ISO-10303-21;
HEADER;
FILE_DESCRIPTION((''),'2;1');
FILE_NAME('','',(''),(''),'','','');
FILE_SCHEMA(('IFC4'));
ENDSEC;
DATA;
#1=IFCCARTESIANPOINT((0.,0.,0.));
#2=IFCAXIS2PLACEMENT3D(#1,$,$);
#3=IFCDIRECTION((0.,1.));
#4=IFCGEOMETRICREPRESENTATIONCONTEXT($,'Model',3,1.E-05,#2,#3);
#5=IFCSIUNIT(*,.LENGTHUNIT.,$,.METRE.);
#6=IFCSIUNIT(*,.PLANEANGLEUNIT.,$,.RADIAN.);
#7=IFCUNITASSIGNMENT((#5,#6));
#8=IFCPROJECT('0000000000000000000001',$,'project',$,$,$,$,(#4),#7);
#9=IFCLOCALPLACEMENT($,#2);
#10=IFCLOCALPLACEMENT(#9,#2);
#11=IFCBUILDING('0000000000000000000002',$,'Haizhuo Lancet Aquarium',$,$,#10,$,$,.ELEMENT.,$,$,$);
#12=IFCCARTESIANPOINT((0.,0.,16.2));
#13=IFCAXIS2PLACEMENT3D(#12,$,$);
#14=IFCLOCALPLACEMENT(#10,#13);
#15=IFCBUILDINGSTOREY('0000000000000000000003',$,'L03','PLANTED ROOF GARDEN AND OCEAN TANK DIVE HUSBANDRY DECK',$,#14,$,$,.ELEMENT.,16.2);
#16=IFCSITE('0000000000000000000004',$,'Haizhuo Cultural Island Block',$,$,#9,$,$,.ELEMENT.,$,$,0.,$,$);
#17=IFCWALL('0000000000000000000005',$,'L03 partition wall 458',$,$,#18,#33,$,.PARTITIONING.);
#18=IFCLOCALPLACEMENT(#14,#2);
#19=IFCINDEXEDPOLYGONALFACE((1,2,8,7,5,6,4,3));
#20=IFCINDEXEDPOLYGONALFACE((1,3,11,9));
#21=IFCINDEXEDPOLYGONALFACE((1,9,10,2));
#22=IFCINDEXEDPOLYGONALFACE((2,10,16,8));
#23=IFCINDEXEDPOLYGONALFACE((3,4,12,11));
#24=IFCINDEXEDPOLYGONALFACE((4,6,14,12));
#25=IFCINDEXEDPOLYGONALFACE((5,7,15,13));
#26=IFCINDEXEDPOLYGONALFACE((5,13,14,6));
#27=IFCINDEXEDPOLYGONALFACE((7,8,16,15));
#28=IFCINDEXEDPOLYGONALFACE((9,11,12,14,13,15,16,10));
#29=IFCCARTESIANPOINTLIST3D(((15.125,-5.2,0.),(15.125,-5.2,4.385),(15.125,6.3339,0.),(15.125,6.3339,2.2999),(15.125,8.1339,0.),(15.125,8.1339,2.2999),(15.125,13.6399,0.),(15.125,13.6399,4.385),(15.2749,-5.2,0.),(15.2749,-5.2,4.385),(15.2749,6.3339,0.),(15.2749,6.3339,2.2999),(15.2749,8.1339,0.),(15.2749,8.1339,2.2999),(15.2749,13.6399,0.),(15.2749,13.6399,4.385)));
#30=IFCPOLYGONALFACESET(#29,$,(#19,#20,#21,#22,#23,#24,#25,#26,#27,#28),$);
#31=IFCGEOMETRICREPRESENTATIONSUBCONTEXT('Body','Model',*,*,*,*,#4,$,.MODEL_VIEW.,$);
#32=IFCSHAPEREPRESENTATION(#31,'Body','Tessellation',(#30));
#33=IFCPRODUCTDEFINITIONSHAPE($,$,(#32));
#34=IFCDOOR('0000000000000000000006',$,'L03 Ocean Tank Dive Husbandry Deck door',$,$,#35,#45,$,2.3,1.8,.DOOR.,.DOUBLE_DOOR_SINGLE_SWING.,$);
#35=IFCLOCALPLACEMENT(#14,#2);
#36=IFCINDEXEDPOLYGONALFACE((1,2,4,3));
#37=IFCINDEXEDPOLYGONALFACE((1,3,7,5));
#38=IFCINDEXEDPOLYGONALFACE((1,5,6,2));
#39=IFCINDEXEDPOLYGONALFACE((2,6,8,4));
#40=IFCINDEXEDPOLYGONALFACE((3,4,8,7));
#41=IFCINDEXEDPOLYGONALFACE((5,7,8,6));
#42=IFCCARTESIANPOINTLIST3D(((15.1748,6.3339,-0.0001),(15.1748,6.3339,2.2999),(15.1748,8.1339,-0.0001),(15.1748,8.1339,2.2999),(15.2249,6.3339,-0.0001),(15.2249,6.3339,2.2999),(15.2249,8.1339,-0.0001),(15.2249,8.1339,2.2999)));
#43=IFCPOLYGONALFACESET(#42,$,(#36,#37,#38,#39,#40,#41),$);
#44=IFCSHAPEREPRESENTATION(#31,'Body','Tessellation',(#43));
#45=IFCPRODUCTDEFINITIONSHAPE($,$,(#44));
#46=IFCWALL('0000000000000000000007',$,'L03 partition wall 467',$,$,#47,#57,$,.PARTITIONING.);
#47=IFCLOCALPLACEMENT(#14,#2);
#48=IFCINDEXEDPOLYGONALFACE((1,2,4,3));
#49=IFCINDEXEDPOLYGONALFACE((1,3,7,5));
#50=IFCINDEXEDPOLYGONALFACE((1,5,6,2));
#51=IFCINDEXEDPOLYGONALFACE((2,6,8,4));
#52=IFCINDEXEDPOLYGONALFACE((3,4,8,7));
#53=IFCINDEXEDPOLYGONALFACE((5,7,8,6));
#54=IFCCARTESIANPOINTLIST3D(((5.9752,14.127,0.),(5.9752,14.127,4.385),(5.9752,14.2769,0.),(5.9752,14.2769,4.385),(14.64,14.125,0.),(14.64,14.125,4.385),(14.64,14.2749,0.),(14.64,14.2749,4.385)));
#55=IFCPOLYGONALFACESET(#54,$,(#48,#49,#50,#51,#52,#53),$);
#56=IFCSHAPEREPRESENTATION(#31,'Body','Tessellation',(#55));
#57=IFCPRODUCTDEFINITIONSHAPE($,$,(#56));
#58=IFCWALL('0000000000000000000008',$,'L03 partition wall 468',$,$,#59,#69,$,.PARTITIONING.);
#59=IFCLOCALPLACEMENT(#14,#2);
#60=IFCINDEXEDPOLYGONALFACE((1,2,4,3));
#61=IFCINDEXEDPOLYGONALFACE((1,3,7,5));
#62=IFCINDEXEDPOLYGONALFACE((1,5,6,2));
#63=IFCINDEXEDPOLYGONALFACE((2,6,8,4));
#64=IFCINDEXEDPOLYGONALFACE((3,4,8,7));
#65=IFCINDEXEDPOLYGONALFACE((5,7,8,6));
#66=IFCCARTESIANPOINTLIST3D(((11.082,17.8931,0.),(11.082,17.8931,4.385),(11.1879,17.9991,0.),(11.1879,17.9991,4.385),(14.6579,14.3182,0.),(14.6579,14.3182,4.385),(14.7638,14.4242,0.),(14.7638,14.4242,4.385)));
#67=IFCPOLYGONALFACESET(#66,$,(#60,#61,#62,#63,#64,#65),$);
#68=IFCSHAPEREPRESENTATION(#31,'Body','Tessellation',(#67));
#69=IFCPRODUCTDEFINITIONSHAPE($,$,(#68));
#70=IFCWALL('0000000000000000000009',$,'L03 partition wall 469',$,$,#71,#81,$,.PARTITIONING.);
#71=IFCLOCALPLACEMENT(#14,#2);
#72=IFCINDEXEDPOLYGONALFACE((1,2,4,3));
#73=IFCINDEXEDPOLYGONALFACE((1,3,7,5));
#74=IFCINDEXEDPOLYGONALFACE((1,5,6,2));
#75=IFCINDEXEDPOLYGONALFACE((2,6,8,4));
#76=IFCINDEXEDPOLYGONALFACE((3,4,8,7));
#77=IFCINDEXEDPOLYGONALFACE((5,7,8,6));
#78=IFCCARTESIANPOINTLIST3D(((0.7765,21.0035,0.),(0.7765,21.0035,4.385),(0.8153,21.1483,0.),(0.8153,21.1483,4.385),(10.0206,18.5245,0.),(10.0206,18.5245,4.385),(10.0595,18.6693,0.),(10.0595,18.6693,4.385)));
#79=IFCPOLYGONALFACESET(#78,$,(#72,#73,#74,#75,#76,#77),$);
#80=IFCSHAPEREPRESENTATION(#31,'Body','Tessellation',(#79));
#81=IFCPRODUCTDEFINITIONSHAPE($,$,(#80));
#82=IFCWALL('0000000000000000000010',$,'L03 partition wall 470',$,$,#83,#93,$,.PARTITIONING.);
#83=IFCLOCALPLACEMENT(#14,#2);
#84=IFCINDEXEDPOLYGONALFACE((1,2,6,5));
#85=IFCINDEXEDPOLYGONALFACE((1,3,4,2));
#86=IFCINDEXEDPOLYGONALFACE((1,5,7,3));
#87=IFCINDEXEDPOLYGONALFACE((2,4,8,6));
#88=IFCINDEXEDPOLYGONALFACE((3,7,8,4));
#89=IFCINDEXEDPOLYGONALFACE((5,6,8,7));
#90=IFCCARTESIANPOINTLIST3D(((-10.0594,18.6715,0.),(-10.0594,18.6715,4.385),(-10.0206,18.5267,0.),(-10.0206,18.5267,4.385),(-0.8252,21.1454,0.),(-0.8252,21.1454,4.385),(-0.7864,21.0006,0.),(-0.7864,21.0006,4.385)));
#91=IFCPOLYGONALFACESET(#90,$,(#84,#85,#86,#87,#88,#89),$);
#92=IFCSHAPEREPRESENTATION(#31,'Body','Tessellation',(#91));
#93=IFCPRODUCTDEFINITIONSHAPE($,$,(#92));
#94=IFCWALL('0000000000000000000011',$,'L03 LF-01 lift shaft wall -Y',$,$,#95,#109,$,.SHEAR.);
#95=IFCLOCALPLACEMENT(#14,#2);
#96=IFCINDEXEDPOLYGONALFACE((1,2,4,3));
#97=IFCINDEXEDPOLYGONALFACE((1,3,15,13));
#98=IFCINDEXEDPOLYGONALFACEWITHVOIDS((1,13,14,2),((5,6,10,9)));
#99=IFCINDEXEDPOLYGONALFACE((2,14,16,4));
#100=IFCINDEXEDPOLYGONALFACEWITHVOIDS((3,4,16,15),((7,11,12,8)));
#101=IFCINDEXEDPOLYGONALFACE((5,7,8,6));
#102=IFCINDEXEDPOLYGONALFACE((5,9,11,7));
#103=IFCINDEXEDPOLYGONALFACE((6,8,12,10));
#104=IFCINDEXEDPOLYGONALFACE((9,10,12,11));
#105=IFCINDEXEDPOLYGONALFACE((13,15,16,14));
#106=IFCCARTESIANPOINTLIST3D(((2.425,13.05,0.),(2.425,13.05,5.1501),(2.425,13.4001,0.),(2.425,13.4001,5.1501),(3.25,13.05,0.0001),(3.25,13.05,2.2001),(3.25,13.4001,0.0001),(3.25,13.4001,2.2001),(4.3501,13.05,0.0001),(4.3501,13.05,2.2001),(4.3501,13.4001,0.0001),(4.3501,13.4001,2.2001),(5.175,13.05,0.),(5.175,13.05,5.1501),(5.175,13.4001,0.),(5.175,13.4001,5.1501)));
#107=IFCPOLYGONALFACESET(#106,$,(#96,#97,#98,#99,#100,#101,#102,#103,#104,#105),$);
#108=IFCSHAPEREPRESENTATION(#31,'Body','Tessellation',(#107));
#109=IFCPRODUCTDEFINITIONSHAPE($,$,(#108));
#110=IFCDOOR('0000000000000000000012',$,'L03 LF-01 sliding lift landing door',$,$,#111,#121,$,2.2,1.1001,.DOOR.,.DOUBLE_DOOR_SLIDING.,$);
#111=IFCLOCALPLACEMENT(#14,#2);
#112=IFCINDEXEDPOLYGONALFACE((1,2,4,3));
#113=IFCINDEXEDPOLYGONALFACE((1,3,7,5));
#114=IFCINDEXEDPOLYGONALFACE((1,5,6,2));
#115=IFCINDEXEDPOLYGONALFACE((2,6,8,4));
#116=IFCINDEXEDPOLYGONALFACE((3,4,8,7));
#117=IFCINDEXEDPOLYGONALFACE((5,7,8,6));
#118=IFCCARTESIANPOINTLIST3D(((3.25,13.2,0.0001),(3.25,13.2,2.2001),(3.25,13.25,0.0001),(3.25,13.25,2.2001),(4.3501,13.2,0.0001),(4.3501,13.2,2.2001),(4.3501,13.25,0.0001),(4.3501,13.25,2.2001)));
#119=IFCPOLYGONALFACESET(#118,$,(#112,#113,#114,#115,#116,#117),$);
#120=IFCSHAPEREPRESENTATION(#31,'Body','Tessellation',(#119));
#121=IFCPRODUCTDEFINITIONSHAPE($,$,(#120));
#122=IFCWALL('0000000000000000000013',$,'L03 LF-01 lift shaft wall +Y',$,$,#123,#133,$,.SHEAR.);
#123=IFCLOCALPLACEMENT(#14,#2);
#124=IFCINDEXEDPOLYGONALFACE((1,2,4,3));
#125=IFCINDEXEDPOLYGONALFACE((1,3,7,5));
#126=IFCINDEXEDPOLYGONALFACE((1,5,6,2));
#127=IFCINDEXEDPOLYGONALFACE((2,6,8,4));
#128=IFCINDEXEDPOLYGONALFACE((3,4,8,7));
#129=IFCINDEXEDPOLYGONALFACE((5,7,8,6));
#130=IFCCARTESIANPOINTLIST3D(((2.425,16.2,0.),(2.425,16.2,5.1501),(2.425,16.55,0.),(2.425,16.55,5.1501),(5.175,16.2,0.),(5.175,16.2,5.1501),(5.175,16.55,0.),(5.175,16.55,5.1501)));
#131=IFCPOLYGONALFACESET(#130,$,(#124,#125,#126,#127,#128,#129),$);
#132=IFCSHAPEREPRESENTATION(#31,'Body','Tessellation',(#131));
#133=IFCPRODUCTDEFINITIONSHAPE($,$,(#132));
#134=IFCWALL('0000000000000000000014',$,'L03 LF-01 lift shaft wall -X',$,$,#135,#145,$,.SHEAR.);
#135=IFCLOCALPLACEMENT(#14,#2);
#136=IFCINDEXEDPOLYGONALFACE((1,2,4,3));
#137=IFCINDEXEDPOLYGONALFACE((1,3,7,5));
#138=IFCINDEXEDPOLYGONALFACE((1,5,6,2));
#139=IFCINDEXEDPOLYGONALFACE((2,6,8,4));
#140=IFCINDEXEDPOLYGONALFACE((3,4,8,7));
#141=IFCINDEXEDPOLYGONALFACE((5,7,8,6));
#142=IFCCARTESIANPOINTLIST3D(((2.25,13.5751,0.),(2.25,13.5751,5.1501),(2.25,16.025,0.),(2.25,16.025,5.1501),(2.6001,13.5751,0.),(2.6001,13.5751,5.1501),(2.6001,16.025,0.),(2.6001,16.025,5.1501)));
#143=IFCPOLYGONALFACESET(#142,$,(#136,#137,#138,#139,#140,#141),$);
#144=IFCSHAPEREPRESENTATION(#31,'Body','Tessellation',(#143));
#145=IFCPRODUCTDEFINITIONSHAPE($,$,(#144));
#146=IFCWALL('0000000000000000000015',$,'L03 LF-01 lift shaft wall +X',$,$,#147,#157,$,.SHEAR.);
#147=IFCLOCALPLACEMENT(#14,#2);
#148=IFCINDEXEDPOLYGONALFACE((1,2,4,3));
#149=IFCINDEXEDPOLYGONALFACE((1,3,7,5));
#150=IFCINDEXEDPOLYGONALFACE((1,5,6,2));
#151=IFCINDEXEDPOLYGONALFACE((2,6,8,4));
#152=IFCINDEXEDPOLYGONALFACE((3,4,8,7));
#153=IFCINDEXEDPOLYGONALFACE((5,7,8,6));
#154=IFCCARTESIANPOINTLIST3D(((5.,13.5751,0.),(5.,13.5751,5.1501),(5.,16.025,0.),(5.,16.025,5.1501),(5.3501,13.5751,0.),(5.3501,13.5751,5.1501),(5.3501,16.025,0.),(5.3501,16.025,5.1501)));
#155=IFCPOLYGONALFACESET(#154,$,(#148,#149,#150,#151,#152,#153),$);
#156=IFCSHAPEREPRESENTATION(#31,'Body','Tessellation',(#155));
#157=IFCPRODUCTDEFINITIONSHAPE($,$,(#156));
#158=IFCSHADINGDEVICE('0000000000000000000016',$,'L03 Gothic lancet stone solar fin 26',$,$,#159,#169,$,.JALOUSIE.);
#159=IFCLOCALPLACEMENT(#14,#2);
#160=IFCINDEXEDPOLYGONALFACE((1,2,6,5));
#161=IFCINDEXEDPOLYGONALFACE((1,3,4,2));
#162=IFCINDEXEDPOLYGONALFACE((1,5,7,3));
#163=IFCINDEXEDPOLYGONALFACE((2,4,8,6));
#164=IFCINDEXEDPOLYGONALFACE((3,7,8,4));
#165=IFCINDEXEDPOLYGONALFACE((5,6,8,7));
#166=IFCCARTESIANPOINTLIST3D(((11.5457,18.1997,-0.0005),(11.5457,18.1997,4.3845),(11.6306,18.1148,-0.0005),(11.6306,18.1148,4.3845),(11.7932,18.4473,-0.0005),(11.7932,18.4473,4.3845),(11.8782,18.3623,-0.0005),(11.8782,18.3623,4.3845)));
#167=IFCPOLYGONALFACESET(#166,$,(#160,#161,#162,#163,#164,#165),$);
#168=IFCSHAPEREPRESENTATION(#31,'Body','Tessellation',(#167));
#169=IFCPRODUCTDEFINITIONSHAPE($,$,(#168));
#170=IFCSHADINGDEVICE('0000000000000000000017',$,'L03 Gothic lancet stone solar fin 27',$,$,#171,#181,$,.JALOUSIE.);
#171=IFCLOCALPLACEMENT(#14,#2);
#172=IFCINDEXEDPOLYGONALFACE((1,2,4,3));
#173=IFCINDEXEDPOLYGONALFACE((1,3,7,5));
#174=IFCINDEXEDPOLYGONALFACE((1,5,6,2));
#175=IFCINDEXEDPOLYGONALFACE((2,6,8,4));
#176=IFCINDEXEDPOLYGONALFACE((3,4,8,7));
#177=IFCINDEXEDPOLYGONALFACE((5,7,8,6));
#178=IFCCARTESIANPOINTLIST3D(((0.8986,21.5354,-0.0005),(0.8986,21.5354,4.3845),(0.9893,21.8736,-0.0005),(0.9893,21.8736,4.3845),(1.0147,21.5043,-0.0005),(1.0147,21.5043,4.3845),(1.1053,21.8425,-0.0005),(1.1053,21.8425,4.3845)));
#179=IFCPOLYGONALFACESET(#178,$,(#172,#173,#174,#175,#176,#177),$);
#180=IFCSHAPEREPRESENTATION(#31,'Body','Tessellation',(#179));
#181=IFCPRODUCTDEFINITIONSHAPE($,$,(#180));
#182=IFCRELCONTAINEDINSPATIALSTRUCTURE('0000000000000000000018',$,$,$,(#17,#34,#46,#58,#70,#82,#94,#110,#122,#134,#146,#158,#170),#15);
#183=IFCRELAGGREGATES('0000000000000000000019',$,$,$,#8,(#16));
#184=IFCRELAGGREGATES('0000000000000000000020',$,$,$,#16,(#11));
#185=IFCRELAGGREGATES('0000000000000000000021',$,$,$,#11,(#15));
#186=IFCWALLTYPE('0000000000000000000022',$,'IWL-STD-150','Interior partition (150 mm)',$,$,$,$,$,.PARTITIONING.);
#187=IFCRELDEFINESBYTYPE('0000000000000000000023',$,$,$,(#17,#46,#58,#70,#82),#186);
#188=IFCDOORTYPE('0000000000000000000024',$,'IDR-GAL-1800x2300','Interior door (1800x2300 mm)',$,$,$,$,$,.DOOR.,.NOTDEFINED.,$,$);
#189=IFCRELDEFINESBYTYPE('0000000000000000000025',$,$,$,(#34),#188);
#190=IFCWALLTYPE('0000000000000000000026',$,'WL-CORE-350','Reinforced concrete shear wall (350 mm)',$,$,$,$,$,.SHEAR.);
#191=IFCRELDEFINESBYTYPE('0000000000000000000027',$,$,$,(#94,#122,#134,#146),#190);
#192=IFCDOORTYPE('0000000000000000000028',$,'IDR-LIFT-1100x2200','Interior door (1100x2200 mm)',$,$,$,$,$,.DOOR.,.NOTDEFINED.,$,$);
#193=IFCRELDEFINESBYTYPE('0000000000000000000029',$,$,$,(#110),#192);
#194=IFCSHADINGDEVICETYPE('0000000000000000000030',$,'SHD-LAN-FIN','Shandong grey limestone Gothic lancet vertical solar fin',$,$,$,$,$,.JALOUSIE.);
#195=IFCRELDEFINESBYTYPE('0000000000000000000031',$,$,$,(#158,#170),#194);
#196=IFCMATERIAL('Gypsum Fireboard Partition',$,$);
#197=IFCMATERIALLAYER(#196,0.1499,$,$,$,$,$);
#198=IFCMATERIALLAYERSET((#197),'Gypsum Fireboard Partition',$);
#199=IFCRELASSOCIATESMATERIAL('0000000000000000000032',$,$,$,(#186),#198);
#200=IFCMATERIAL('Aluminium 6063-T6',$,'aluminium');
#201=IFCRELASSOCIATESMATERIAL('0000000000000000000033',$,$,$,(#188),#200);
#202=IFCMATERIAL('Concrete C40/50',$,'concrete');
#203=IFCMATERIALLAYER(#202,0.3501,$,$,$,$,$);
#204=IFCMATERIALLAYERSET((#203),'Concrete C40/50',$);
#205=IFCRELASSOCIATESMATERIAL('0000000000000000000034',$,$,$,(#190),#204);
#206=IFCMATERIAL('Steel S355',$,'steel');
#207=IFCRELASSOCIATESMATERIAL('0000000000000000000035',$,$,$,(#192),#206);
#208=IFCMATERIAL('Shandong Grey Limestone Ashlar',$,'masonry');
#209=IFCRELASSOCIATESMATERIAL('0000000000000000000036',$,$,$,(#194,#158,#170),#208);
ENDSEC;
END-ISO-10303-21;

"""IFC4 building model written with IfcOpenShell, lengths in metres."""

from ifc_helpers import new_model, si_unit, direction, frame, frame_2d, origin, origin_2d, place, context, subcontext, project, spatial, rectangle, extrude, material, layer, layer_set, type_object, element, fill, save


model = new_model("IFC4")

# Units and contexts
model_context = context("Model", 3, precision=1e-05, world=origin(), true_north=direction((0.0, 1.0)))
body_context = subcontext(model_context, "Body", "Model", "MODEL_VIEW")
ifc_project = project(units=[si_unit("LENGTHUNIT", "METRE"), si_unit("PLANEANGLEUNIT", "RADIAN")], contexts=[model_context])

# Site, building, storey
site_placement = place(None, origin())
site = spatial("IfcSite", under=ifc_project, at=site_placement, Name="Haizhuo Cultural Island Block", CompositionType="ELEMENT", RefElevation=0.0)
building_placement = place(site_placement, origin())
building = spatial("IfcBuilding", under=site, at=building_placement, Name="Haizhuo Lancet Aquarium", CompositionType="ELEMENT")
storey_placement = place(building_placement, frame((0.0, 0.0, 16.2)))
storey = spatial("IfcBuildingStorey", under=building, at=storey_placement, Name="L03", Description="PLANTED ROOF GARDEN AND OCEAN TANK DIVE HUSBANDRY DECK", CompositionType="ELEMENT", Elevation=16.2)

# Shared definitions
ifc_material_1 = material(Name="Aluminium 6063-T6", Category="aluminium")

# Shared definitions
ifc_material_2 = material(Name="Steel S355", Category="steel")

# Shared definitions
ifc_material_3 = material(Name="Concrete C40/50", Category="concrete")

# Shared definitions
ifc_material_4 = material(Name="Shandong Grey Limestone Ashlar", Category="masonry")

# Wall, opening, door
ifc_material_5 = material(Name="Gypsum Fireboard Partition")
ifc_layer_1 = layer(ifc_material_5, 0.1499)
ifc_layer_set_1 = layer_set([ifc_layer_1], Name="Gypsum Fireboard Partition")
wall_type_1 = type_object("IfcWallType", Name="IWL-STD-150", Description="Interior partition (150 mm)", PredefinedType="PARTITIONING", material=ifc_layer_set_1)
wall_1_placement = place(storey_placement, frame((15.2, 13.6399, 0.0), z_axis=(0.0, 0.0, 1.0), x_axis=(0.0, -1.0, 0.0)))
wall_1 = element("IfcWall", 1, at=wall_1_placement, inside=storey, type_object=wall_type_1, Name="L03 partition wall 458", PredefinedType="PARTITIONING", context=body_context, shape_type="SweptSolid", body=[
    extrude(rectangle(XDim=18.8398, YDim=0.1499, at=frame_2d((9.4199, 0.0))), origin(), (0.0, 0.0, 1.0), 4.385),
])
opening_1_placement = place(wall_1_placement, frame((5.5061, 0.0, 0.0)))
opening_1 = element("IfcOpeningElement", 2, at=opening_1_placement, cuts=wall_1, PredefinedType="OPENING", context=body_context, shape_type="SweptSolid", body=[
    extrude(rectangle(XDim=1.8, YDim=2.3, at=frame_2d((0.8999, 1.1499))), frame((0.0, 0.085, 0.0), z_axis=(0.0, -1.0, 0.0), x_axis=(1.0, 0.0, 0.0)), (0.0, 0.0, 1.0), 0.1699),
])
door_type_1 = type_object("IfcDoorType", Name="IDR-GAL-1800x2300", Description="Interior door (1800x2300 mm)", OperationType="NOTDEFINED", PredefinedType="DOOR", material=ifc_material_1)
door_1_placement = place(opening_1_placement, origin())
door_1 = element("IfcDoor", 3, at=door_1_placement, inside=storey, type_object=door_type_1, Name="L03 Ocean Tank Dive Husbandry Deck door", OperationType="DOUBLE_DOOR_SINGLE_SWING", OverallHeight=2.3, OverallWidth=1.8, PredefinedType="DOOR", context=body_context, shape_type="SweptSolid", body=[
    extrude(rectangle(XDim=1.8, YDim=2.3, at=frame_2d((0.8999, 1.1499))), frame((0.0, 0.0249, 0.0), z_axis=(0.0, -1.0, 0.0), x_axis=(1.0, 0.0, 0.0)), (0.0, 0.0, 1.0), 0.05),
])
fill(opening_1, door_1)

# Walls
wall_2_placement = place(storey_placement, frame((5.9751, 14.2019, 0.0), z_axis=(0.0, 0.0, 1.0), x_axis=(1.0, -0.000225, 0.0)))
element("IfcWall", 4, at=wall_2_placement, inside=storey, type_object=wall_type_1, Name="L03 partition wall 467", PredefinedType="PARTITIONING", context=body_context, shape_type="SweptSolid", body=[
    extrude(rectangle(XDim=8.6648, YDim=0.1499, at=frame_2d((4.3325, 0.0))), origin(), (0.0, 0.0, 1.0), 4.385),
])
wall_3_placement = place(storey_placement, frame((14.7109, 14.3711, 0.0), z_axis=(0.0, 0.0, 1.0), x_axis=(-0.707203, 0.70701, 0.0)))
element("IfcWall", 5, at=wall_3_placement, inside=storey, type_object=wall_type_1, Name="L03 partition wall 468", PredefinedType="PARTITIONING", context=body_context, shape_type="SweptSolid", body=[
    extrude(rectangle(XDim=5.0564, YDim=0.1499, at=frame_2d((2.5283, 0.0))), origin(), (0.0, 0.0, 1.0), 4.385),
])
wall_4_placement = place(storey_placement, frame((10.04, 18.5969, 0.0), z_axis=(0.0, 0.0, 1.0), x_axis=(-0.965872, 0.259018, 0.0)))
element("IfcWall", 6, at=wall_4_placement, inside=storey, type_object=wall_type_1, Name="L03 partition wall 469", PredefinedType="PARTITIONING", context=body_context, shape_type="SweptSolid", body=[
    extrude(rectangle(XDim=9.5708, YDim=0.1499, at=frame_2d((4.7854, 0.0))), origin(), (0.0, 0.0, 1.0), 4.385),
])
wall_5_placement = place(storey_placement, frame((-0.8059, 21.073, 0.0), z_axis=(0.0, 0.0, 1.0), x_axis=(-0.965936, -0.25878, 0.0)))
element("IfcWall", 7, at=wall_5_placement, inside=storey, type_object=wall_type_1, Name="L03 partition wall 470", PredefinedType="PARTITIONING", context=body_context, shape_type="SweptSolid", body=[
    extrude(rectangle(XDim=9.5598, YDim=0.1499, at=frame_2d((4.7798, 0.0))), origin(), (0.0, 0.0, 1.0), 4.385),
])

# Wall, opening, door
ifc_layer_2 = layer(ifc_material_3, 0.3501)
ifc_layer_set_2 = layer_set([ifc_layer_2], Name="Concrete C40/50")
wall_type_2 = type_object("IfcWallType", Name="WL-CORE-350", Description="Reinforced concrete shear wall (350 mm)", PredefinedType="SHEAR", material=ifc_layer_set_2)
wall_6_placement = place(storey_placement, frame((2.425, 13.2251, 0.0), z_axis=(0.0, 0.0, 1.0), x_axis=(1.0, 0.0, 0.0)))
wall_6 = element("IfcWall", 8, at=wall_6_placement, inside=storey, type_object=wall_type_2, Name="L03 LF-01 lift shaft wall -Y", PredefinedType="SHEAR", context=body_context, shape_type="SweptSolid", body=[
    extrude(rectangle(XDim=2.75, YDim=0.3501, at=frame_2d((1.375, 0.0))), origin(), (0.0, 0.0, 1.0), 5.1501),
])
opening_2_placement = place(wall_6_placement, frame((0.825, 0.0, 0.0)))
opening_2 = element("IfcOpeningElement", 9, at=opening_2_placement, cuts=wall_6, PredefinedType="OPENING", context=body_context, shape_type="SweptSolid", body=[
    extrude(rectangle(XDim=1.1001, YDim=2.2, at=frame_2d((0.55, 1.1001))), frame((0.0, 0.1851, 0.0), z_axis=(0.0, -1.0, 0.0), x_axis=(1.0, 0.0, 0.0)), (0.0, 0.0, 1.0), 0.3701),
])
door_type_2 = type_object("IfcDoorType", Name="IDR-LIFT-1100x2200", Description="Interior door (1100x2200 mm)", OperationType="NOTDEFINED", PredefinedType="DOOR", material=ifc_material_2)
door_2_placement = place(opening_2_placement, origin())
door_2 = element("IfcDoor", 10, at=door_2_placement, inside=storey, type_object=door_type_2, Name="L03 LF-01 sliding lift landing door", OperationType="DOUBLE_DOOR_SLIDING", OverallHeight=2.2, OverallWidth=1.1001, PredefinedType="DOOR", context=body_context, shape_type="SweptSolid", body=[
    extrude(rectangle(XDim=1.1001, YDim=2.2, at=frame_2d((0.55, 1.1001))), frame((0.0, 0.0249, 0.0), z_axis=(0.0, -1.0, 0.0), x_axis=(1.0, 0.0, 0.0)), (0.0, 0.0, 1.0), 0.05),
])
fill(opening_2, door_2)

# Walls
wall_7_placement = place(storey_placement, frame((5.175, 16.375, 0.0), z_axis=(0.0, 0.0, 1.0), x_axis=(-1.0, 0.0, 0.0)))
element("IfcWall", 11, at=wall_7_placement, inside=storey, type_object=wall_type_2, Name="L03 LF-01 lift shaft wall +Y", PredefinedType="SHEAR", context=body_context, shape_type="SweptSolid", body=[
    extrude(rectangle(XDim=2.75, YDim=0.3501, at=frame_2d((1.375, 0.0))), origin(), (0.0, 0.0, 1.0), 5.1501),
])
for number, where, z_axis, x_axis, name in (
    (12, (2.425, 13.575, 0.0), (0.0, 0.0, 1.0), (0.0, 1.0, 0.0), "L03 LF-01 lift shaft wall -X"),
    (13, (5.175, 13.575, 0.0), (0.0, 0.0, 1.0), (0.0, 1.0, 0.0), "L03 LF-01 lift shaft wall +X"),
):
    element("IfcWall", number, at=place(storey_placement, frame(where, z_axis=z_axis, x_axis=x_axis)), inside=storey, type_object=wall_type_2, Name=name, PredefinedType="SHEAR", context=body_context, shape_type="SweptSolid", body=[
        extrude(rectangle(XDim=2.45, YDim=0.3501, at=frame_2d((1.2251, 0.0))), origin(), (0.0, 0.0, 1.0), 5.1501),
    ])

# Shading devices
shading_device_type = type_object("IfcShadingDeviceType", Name="SHD-LAN-FIN", Description="Shandong grey limestone Gothic lancet vertical solar fin", PredefinedType="JALOUSIE", material=ifc_material_4)
for number, where, z_axis, x_axis, name in (
    (14, (11.7119, 18.281, -0.0005), (0.0, 0.0, 1.0), (0.707107, -0.707107, 0.0), "L03 Gothic lancet stone solar fin 26"),
    (15, (1.002, 21.689, -0.0005), (0.0, 0.0, 1.0), (0.965919, -0.258846, 0.0), "L03 Gothic lancet stone solar fin 27"),
):
    element("IfcShadingDevice", number, at=place(storey_placement, frame(where, z_axis=z_axis, x_axis=x_axis)), inside=storey, type_object=shading_device_type, material=ifc_material_4, Name=name, PredefinedType="JALOUSIE", context=body_context, shape_type="SweptSolid", body=[
        extrude(rectangle(XDim=0.1201, YDim=0.3501, at=origin_2d()), origin(), (0.0, 0.0, 1.0), 4.385),
    ])

save(model, "model.ifc")
